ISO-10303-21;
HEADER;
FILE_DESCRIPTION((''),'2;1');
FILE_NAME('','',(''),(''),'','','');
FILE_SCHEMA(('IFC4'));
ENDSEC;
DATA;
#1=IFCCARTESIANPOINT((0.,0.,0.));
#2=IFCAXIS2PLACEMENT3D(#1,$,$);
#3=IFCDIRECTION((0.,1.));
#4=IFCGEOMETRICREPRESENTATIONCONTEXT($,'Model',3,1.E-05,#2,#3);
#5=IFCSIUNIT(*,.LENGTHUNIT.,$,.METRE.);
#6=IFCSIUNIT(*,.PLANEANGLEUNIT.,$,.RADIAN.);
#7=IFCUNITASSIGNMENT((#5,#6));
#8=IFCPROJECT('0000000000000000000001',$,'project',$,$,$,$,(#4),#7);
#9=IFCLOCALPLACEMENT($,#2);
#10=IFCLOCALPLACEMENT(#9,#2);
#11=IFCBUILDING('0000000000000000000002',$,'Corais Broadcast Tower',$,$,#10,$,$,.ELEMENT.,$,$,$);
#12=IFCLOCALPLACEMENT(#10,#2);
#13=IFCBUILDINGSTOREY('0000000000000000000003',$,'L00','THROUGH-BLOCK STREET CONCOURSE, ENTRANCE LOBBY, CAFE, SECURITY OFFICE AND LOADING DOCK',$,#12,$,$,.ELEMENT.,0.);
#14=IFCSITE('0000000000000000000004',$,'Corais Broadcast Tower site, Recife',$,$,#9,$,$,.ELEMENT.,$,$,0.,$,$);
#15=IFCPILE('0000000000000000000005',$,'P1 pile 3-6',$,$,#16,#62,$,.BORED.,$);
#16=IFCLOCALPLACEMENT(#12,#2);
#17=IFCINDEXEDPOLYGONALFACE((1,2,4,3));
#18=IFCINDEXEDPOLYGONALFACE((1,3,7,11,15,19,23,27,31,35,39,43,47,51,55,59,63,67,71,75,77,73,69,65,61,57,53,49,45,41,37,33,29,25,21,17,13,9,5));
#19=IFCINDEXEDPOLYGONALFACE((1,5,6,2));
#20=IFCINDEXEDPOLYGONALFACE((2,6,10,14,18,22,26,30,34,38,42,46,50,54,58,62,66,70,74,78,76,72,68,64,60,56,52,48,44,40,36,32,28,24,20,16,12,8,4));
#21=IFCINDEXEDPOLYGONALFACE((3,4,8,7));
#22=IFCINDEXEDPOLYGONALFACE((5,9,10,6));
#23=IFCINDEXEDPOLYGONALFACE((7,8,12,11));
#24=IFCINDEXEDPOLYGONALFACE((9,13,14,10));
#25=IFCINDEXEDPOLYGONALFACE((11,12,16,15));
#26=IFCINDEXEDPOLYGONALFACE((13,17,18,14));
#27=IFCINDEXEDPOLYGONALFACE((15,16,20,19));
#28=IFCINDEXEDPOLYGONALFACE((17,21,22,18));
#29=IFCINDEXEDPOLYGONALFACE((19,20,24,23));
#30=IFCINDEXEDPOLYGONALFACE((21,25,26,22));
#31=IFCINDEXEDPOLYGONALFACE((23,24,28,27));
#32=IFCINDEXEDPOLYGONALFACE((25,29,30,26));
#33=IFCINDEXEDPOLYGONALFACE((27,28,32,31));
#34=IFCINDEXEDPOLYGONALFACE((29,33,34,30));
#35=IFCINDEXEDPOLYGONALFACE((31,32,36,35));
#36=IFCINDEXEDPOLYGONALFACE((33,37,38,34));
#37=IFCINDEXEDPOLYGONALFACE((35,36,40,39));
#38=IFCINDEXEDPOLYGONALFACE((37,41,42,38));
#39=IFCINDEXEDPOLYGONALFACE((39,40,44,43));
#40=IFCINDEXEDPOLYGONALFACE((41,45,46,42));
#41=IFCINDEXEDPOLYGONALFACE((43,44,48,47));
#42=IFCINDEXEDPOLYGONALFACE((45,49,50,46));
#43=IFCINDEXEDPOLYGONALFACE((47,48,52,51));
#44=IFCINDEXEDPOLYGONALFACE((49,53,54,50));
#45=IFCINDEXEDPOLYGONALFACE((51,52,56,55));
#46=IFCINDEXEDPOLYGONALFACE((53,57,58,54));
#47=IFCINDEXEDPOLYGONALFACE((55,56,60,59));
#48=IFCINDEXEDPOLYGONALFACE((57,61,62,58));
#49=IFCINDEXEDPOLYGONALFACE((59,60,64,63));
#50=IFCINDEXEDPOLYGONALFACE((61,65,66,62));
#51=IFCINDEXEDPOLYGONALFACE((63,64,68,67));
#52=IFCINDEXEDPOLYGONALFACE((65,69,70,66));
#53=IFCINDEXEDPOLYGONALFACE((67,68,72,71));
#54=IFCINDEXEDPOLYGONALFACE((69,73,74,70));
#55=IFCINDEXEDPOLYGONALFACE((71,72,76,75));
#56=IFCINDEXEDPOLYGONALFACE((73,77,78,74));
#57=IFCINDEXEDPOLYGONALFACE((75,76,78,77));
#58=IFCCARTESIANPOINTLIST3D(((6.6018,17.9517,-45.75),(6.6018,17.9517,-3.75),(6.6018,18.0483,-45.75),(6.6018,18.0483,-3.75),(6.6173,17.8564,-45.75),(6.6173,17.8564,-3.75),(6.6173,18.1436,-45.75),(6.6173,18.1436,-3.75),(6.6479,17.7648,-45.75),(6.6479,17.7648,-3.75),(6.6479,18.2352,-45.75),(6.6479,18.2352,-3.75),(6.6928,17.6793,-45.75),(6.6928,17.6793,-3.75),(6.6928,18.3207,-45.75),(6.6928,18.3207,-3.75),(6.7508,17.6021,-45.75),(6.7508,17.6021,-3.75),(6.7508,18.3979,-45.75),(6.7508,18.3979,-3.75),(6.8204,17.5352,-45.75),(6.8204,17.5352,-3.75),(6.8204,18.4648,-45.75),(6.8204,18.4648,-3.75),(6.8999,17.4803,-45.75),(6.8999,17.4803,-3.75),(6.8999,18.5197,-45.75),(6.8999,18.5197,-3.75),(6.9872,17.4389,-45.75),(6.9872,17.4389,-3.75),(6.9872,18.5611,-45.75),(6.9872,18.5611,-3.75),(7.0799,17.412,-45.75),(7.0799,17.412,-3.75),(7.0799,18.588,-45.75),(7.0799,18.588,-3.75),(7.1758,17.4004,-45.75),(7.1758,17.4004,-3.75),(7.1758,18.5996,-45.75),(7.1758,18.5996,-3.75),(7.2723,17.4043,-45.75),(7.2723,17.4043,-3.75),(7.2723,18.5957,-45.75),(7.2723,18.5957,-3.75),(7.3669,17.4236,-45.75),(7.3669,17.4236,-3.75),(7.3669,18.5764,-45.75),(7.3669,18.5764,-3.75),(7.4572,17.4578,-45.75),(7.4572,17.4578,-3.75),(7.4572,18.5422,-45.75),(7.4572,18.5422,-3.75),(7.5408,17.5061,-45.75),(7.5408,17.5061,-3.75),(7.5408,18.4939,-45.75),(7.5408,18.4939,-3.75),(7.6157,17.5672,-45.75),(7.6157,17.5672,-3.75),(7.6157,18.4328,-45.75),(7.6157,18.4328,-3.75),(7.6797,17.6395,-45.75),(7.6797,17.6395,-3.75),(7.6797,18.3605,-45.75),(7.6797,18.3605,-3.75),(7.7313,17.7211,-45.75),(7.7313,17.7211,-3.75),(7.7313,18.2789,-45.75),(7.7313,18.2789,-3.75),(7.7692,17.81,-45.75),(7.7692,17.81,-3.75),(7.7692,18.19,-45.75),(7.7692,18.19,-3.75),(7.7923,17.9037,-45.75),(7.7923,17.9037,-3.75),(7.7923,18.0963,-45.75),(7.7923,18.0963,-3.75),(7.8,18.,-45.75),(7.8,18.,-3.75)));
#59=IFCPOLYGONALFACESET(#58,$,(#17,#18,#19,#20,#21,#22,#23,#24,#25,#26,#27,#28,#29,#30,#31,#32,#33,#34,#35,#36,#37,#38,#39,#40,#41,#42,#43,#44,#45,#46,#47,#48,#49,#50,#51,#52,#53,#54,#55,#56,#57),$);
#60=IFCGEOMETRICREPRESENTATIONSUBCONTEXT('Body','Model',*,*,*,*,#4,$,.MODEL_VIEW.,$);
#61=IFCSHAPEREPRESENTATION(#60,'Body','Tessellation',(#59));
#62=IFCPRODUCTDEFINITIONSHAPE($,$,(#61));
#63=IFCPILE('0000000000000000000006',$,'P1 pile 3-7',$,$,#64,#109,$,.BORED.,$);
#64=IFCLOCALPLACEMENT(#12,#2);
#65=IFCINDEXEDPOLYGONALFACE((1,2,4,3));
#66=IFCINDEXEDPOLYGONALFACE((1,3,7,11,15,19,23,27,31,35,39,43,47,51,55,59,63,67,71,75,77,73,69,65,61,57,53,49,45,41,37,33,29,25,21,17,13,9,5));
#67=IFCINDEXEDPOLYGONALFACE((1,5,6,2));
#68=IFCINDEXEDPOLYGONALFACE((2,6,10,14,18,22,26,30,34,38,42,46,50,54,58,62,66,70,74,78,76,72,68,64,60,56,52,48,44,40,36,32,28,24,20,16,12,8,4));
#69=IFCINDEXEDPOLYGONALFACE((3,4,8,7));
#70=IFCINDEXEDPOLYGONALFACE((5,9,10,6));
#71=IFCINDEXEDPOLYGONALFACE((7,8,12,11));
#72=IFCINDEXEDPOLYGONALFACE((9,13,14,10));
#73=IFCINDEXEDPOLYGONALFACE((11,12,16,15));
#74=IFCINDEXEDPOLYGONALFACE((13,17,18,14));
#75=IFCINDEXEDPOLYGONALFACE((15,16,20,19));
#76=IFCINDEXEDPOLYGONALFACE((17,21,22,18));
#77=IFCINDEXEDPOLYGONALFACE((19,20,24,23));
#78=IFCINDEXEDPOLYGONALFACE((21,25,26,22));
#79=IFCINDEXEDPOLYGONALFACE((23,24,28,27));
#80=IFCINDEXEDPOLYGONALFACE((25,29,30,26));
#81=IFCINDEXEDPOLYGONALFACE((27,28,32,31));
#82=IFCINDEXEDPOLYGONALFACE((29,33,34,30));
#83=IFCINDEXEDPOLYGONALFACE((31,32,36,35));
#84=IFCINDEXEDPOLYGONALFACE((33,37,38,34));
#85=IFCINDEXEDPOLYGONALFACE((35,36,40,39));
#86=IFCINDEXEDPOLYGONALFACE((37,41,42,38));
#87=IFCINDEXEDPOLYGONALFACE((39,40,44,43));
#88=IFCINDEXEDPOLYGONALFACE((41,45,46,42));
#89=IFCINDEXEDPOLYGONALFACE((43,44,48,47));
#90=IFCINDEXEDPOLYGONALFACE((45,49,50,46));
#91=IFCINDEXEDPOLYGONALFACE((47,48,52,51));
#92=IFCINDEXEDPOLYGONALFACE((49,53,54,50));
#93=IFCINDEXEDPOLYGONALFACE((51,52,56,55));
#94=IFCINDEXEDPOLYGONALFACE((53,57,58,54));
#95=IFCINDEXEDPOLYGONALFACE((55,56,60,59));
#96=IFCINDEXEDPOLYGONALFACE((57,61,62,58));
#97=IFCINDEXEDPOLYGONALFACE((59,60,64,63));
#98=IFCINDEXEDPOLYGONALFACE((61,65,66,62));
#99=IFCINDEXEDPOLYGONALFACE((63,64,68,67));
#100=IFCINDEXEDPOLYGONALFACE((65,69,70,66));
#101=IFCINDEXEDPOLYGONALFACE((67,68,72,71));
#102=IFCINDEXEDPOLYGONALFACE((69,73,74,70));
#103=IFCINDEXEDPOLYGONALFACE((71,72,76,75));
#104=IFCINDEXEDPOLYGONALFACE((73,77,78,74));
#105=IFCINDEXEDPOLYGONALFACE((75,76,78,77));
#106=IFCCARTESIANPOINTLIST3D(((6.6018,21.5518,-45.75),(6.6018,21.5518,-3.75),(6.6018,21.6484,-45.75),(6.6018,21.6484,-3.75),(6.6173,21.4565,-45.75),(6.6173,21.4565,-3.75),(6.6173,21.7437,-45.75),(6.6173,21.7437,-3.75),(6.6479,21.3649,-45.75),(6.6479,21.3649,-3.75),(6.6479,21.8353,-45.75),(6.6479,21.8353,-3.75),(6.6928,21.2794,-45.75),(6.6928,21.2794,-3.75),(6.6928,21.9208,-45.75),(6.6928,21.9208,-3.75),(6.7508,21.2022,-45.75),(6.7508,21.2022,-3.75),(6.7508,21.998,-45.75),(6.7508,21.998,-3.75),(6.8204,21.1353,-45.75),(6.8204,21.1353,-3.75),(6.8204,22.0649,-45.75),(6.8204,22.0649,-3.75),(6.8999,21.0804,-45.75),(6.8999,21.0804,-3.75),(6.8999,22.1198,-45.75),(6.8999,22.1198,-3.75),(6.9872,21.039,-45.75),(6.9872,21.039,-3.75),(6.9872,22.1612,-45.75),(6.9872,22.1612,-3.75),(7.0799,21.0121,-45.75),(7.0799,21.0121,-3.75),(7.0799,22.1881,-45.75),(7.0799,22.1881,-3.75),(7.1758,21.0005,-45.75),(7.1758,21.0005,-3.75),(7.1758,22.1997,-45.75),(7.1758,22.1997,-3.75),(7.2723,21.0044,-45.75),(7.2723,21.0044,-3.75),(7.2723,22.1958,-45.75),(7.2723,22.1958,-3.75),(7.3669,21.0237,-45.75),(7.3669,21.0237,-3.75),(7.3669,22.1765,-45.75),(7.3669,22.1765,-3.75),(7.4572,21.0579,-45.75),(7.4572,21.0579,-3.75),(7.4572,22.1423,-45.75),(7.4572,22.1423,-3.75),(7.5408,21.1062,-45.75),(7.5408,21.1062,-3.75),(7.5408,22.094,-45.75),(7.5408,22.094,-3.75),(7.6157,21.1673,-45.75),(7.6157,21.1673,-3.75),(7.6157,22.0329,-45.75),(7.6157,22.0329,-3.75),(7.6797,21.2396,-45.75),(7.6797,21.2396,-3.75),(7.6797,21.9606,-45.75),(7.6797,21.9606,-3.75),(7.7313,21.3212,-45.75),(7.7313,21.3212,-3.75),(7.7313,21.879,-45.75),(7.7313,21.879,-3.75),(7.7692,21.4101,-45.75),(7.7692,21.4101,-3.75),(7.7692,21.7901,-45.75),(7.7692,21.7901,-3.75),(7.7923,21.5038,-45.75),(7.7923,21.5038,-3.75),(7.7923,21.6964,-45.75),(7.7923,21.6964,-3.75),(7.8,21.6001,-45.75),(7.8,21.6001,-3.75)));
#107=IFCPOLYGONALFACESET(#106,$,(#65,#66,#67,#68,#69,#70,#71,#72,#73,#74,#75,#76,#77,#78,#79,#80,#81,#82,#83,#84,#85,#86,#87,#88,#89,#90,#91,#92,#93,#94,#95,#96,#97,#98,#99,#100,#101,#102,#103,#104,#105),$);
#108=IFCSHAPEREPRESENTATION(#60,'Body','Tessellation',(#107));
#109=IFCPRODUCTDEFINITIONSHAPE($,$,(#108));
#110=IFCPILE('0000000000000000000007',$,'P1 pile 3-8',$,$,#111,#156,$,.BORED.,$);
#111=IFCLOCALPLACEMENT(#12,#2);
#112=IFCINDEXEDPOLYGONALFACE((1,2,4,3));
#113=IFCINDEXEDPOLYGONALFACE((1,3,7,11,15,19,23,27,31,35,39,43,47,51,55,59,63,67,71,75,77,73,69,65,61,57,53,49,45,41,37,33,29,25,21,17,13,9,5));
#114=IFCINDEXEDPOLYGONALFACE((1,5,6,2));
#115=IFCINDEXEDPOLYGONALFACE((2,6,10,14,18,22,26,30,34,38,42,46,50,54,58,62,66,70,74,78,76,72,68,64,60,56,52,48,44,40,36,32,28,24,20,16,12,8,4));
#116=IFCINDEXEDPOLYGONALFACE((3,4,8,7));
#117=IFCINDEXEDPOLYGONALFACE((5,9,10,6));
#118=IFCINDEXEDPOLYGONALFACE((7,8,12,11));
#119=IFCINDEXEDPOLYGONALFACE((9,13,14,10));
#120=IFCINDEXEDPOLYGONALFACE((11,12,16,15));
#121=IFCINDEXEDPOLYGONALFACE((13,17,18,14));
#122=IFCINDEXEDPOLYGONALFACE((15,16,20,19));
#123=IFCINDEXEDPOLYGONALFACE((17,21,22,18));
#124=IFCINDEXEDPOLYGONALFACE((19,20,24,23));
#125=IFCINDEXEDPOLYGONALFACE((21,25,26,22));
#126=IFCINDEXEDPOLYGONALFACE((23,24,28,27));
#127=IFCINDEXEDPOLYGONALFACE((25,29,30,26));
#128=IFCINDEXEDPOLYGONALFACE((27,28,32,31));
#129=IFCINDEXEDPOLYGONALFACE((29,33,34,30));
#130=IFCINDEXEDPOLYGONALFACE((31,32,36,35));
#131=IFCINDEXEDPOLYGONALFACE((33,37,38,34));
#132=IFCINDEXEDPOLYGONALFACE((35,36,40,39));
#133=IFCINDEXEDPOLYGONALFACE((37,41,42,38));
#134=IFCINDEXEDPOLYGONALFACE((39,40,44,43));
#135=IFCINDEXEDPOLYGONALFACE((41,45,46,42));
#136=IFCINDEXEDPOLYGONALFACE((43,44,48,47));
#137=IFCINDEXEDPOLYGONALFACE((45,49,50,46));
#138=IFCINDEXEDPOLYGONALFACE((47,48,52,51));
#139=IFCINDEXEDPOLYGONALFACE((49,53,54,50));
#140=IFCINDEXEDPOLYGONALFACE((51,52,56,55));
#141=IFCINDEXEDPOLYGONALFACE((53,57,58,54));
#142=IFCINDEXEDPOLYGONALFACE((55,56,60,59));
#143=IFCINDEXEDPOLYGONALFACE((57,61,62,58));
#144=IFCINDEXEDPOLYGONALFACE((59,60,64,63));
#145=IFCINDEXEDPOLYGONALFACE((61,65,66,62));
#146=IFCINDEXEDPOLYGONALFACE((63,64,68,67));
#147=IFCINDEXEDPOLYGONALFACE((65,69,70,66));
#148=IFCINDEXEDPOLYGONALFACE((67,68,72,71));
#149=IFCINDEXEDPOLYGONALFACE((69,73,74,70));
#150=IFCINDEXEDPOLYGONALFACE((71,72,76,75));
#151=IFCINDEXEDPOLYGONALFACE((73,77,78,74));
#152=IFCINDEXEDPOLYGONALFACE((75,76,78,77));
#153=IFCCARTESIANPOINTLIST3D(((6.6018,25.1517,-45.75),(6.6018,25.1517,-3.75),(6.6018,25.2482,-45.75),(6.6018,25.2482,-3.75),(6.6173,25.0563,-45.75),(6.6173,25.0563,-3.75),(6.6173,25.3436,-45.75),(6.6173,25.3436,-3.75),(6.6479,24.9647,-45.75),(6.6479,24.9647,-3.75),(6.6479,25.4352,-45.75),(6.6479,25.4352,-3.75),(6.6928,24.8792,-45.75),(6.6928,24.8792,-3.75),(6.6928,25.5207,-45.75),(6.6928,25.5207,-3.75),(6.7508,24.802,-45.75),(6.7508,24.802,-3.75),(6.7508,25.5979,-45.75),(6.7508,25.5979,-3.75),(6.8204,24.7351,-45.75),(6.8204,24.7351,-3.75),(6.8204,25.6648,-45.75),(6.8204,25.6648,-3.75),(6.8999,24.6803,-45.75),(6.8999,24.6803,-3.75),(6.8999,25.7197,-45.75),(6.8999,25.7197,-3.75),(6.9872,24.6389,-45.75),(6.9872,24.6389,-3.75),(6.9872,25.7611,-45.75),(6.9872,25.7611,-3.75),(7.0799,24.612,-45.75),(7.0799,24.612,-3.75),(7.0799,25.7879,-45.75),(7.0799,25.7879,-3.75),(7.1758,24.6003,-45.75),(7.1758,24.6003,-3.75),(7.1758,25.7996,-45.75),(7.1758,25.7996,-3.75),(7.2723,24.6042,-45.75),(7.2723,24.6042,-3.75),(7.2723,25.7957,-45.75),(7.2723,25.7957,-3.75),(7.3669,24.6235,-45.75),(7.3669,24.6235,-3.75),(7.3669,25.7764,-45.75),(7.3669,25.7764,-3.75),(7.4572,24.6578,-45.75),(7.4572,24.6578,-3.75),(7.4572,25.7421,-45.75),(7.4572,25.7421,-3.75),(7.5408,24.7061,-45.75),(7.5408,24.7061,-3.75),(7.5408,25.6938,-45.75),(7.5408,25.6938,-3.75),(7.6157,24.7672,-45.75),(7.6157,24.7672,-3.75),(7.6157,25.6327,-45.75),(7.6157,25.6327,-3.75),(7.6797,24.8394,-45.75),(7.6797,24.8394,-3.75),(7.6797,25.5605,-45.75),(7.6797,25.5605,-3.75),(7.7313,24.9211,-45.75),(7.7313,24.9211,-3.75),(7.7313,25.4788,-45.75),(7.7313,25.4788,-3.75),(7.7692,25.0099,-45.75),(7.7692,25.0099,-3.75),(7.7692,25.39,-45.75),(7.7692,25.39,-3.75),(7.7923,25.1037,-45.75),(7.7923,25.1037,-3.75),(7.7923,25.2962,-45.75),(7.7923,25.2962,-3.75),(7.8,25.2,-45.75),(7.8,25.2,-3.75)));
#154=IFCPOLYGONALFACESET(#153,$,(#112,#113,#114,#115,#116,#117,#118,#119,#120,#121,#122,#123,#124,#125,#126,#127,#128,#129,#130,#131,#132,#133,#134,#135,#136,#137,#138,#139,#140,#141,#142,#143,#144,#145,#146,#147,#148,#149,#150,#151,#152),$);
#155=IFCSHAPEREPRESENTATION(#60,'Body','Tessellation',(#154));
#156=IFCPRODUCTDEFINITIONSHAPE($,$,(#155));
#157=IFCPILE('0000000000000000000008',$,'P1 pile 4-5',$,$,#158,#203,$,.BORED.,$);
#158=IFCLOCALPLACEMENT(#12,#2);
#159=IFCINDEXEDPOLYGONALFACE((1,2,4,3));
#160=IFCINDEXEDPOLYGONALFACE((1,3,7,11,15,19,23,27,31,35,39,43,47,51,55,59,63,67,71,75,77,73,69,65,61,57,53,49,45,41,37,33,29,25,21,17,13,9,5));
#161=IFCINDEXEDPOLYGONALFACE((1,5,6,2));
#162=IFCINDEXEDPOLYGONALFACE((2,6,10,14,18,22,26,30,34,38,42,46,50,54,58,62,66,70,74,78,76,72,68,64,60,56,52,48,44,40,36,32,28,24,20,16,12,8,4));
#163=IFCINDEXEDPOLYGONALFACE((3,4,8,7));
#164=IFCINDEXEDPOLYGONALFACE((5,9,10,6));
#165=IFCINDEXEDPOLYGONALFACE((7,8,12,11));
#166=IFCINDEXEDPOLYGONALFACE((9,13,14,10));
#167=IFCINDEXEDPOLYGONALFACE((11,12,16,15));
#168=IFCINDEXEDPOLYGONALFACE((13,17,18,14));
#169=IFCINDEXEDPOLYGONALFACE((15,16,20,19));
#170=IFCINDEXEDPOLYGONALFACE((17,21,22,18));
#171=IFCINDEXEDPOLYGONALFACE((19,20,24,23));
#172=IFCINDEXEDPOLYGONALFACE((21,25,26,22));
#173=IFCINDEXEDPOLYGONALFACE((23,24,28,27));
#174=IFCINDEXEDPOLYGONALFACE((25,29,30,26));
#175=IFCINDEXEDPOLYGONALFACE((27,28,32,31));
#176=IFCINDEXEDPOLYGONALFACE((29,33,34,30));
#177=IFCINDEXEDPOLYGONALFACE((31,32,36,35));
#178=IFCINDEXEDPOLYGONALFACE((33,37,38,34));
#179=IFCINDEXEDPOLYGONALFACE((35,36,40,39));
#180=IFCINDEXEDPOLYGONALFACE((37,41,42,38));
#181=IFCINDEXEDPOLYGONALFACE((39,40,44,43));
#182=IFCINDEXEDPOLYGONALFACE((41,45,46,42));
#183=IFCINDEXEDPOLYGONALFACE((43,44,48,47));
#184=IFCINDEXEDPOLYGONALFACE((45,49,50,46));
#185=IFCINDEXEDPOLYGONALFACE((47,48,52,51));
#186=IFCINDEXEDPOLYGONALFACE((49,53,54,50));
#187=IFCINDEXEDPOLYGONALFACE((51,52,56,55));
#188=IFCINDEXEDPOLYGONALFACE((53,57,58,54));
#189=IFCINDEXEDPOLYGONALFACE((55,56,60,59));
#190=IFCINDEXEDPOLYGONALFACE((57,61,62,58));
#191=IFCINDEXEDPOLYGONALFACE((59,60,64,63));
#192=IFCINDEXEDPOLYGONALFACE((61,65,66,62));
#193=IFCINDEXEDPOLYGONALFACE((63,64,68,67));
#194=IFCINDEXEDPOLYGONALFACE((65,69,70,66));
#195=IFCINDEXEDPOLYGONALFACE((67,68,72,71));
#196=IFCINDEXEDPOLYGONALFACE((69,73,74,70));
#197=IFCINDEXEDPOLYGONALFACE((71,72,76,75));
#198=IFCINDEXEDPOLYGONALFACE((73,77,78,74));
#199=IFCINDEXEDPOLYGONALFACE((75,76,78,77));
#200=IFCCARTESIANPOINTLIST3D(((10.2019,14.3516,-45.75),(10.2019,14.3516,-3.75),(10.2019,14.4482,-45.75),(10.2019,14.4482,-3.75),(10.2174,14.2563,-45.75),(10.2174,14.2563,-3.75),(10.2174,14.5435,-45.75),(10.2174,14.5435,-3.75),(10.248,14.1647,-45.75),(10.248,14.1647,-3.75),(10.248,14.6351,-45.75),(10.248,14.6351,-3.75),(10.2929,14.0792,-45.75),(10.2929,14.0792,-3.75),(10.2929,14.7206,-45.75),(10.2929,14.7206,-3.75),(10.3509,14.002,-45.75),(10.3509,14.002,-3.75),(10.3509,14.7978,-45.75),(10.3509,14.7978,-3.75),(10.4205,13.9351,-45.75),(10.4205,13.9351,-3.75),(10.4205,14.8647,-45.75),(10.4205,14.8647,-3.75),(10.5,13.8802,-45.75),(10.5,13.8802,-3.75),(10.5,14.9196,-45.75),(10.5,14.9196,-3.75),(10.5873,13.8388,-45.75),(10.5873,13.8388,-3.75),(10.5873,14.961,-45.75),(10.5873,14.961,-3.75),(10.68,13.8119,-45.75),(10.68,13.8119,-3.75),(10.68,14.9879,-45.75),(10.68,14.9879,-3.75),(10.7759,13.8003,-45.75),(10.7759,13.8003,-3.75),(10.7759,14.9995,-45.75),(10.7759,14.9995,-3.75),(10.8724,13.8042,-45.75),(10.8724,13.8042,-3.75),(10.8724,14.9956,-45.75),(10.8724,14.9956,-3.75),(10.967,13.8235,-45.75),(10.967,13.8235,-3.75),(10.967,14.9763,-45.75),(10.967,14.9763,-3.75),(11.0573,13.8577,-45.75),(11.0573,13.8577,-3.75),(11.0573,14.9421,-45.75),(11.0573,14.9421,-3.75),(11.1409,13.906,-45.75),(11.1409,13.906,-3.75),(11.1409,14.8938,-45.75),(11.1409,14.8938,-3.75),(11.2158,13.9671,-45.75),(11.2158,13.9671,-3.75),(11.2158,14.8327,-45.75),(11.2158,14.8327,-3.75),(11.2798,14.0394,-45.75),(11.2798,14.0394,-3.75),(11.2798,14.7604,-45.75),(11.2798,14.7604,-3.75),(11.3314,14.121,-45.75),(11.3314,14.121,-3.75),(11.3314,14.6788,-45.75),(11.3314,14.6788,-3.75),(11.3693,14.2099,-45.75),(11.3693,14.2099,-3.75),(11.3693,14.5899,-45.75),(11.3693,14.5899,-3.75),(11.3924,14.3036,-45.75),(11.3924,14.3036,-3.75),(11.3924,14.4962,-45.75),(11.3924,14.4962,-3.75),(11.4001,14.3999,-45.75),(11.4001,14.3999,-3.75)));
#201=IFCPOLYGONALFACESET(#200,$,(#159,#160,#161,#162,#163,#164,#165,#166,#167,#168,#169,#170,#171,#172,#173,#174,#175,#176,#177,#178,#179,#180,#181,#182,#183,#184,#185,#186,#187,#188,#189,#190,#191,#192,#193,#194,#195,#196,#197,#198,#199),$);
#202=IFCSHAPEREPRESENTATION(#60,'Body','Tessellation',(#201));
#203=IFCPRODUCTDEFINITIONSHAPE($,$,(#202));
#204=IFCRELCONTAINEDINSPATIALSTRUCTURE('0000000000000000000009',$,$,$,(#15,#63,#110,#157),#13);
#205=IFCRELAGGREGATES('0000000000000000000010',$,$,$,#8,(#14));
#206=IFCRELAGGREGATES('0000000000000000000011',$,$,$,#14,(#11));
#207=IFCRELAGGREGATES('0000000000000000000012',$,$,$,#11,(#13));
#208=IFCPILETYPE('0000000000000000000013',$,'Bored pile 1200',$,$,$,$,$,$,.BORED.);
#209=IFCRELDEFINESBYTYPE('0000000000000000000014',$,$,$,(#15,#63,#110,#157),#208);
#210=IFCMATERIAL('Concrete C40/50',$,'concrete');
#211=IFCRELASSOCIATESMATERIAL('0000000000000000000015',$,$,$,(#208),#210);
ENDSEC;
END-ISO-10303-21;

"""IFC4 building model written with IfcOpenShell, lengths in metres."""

from ifc_helpers import new_model, si_unit, direction, frame, origin, origin_2d, place, context, subcontext, project, spatial, circle, extrude, material, type_object, element, save


model = new_model("IFC4")

# Units and contexts
model_context = context("Model", 3, precision=1e-05, world=origin(), true_north=direction((0.0, 1.0)))
body_context = subcontext(model_context, "Body", "Model", "MODEL_VIEW")
ifc_project = project(units=[si_unit("LENGTHUNIT", "METRE"), si_unit("PLANEANGLEUNIT", "RADIAN")], contexts=[model_context])

# Site, building, storey
site_placement = place(None, origin())
site = spatial("IfcSite", under=ifc_project, at=site_placement, Name="Corais Broadcast Tower site, Recife", CompositionType="ELEMENT", RefElevation=0.0)
building_placement = place(site_placement, origin())
building = spatial("IfcBuilding", under=site, at=building_placement, Name="Corais Broadcast Tower", CompositionType="ELEMENT")
storey_placement = place(building_placement, origin())
storey = spatial("IfcBuildingStorey", under=building, at=storey_placement, Name="L00", Description="THROUGH-BLOCK STREET CONCOURSE, ENTRANCE LOBBY, CAFE, SECURITY OFFICE AND LOADING DOCK", CompositionType="ELEMENT", Elevation=0.0)

# Piles
ifc_material = material(Name="Concrete C40/50", Category="concrete")
pile_type = type_object("IfcPileType", Name="Bored pile 1200", PredefinedType="BORED", material=ifc_material)
for number, where, z_axis, x_axis, name in (
    (1, (7.2, 18.0, -3.75), (0.0, 0.0, -1.0), (1.0, 0.0, 0.0), "P1 pile 3-6"),
    (2, (7.2, 21.6001, -3.75), (0.0, 0.0, -1.0), (1.0, 0.0, 0.0), "P1 pile 3-7"),
    (3, (7.2, 25.2, -3.75), (0.0, 0.0, -1.0), (1.0, 0.0, 0.0), "P1 pile 3-8"),
    (4, (10.8, 14.3999, -3.75), (0.0, 0.0, -1.0), (1.0, 0.0, 0.0), "P1 pile 4-5"),
):
    element("IfcPile", number, at=place(storey_placement, frame(where, z_axis=z_axis, x_axis=x_axis)), inside=storey, type_object=pile_type, Name=name, PredefinedType="BORED", context=body_context, shape_type="SweptSolid", body=[
        extrude(circle(Radius=0.6001, at=origin_2d()), origin(), (0.0, 0.0, 1.0), 42.0),
    ])

save(model, "model.ifc")
